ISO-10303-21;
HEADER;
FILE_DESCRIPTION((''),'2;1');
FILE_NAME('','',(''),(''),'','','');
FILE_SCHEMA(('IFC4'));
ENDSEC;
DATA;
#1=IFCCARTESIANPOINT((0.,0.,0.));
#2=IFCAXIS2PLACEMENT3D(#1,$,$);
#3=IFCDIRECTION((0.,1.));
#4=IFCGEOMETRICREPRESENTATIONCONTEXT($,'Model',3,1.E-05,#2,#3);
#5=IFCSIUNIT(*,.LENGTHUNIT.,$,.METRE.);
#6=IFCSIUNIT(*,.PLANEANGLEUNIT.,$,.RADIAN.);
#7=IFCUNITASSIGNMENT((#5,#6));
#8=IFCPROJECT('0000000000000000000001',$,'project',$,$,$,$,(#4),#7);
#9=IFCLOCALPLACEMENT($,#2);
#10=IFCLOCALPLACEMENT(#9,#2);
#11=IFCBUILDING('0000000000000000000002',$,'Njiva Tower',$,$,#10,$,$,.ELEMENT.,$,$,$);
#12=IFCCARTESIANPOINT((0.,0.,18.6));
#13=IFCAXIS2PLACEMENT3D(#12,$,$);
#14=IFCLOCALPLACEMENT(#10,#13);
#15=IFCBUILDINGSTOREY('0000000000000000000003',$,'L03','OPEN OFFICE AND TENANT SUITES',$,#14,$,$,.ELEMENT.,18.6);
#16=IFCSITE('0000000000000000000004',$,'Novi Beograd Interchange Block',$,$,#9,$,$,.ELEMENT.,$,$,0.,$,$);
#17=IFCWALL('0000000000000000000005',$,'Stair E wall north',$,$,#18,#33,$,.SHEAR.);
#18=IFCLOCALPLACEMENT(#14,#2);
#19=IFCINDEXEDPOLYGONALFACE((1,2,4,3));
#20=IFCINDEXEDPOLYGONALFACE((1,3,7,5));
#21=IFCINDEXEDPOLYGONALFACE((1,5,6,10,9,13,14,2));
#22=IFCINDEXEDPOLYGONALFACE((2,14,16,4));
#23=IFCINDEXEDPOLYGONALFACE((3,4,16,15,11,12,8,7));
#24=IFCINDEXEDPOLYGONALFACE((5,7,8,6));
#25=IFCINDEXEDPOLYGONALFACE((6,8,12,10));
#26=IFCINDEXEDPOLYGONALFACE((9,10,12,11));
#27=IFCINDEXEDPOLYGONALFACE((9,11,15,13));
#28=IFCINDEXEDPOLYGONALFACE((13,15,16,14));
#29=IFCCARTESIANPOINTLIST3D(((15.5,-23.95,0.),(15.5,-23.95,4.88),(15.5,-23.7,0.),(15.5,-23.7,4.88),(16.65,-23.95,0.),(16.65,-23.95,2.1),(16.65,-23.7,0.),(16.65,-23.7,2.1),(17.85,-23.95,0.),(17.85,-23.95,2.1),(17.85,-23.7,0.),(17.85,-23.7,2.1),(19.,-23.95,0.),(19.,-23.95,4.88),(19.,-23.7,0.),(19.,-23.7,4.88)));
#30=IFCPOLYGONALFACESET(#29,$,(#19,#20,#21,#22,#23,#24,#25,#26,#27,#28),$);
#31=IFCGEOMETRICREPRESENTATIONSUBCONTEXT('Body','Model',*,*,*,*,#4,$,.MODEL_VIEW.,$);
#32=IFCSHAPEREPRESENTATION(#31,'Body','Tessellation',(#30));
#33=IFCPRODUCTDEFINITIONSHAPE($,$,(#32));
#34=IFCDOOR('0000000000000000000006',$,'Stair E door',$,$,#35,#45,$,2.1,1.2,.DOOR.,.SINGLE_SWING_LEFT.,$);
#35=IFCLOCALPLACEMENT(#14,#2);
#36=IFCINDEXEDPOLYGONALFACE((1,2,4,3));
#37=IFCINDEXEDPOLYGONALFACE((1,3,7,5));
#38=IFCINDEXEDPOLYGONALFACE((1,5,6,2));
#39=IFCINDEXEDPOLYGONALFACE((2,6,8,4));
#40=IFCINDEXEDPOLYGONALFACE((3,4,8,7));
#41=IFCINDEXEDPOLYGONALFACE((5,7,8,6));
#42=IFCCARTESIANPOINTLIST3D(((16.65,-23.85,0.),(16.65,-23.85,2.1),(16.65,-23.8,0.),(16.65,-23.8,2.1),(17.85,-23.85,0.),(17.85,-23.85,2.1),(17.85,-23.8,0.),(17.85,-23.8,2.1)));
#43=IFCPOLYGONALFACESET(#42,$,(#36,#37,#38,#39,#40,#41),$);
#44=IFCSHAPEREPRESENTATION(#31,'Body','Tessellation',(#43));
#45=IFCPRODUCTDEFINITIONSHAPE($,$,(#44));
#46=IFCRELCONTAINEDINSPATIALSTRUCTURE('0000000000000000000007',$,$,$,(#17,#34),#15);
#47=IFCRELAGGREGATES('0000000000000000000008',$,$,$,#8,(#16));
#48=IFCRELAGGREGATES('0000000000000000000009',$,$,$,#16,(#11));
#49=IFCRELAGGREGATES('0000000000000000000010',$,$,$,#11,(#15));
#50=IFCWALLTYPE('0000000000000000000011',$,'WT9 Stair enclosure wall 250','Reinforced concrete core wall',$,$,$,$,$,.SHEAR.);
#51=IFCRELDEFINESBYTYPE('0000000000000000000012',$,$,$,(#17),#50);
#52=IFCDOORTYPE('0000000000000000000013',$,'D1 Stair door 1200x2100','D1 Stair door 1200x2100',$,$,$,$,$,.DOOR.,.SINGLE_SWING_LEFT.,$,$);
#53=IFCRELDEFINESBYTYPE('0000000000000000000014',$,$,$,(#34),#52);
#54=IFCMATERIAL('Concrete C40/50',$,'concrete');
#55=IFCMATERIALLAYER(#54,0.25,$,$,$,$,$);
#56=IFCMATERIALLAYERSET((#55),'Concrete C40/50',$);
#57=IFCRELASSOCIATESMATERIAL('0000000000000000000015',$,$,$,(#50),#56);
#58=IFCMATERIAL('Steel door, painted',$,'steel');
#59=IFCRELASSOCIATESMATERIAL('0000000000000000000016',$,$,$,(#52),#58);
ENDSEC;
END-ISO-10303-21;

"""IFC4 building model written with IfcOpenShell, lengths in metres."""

from ifc_helpers import new_model, si_unit, direction, frame, frame_2d, origin, place, context, subcontext, project, spatial, rectangle, extrude, material, layer, layer_set, type_object, element, fill, save


model = new_model("IFC4")

# Units and contexts
model_context = context("Model", 3, precision=1e-05, world=origin(), true_north=direction((0.0, 1.0)))
body_context = subcontext(model_context, "Body", "Model", "MODEL_VIEW")
ifc_project = project(units=[si_unit("LENGTHUNIT", "METRE"), si_unit("PLANEANGLEUNIT", "RADIAN")], contexts=[model_context])

# Site, building, storey
site_placement = place(None, origin())
site = spatial("IfcSite", under=ifc_project, at=site_placement, Name="Novi Beograd Interchange Block", CompositionType="ELEMENT", RefElevation=0.0)
building_placement = place(site_placement, origin())
building = spatial("IfcBuilding", under=site, at=building_placement, Name="Njiva Tower", CompositionType="ELEMENT")
storey_placement = place(building_placement, frame((0.0, 0.0, 18.6)))
storey = spatial("IfcBuildingStorey", under=building, at=storey_placement, Name="L03", Description="OPEN OFFICE AND TENANT SUITES", CompositionType="ELEMENT", Elevation=18.6)

# Shared definitions
ifc_material_1 = material(Name="Concrete C40/50", Category="concrete")
ifc_layer_1 = layer(ifc_material_1, 0.25)
ifc_layer_set_1 = layer_set([ifc_layer_1], Name="Concrete C40/50")
wall_type_1 = type_object("IfcWallType", Name="WT9 Stair enclosure wall 250", Description="Reinforced concrete core wall", PredefinedType="SHEAR", material=ifc_layer_set_1)

# Wall, opening, door
wall_1_placement = place(storey_placement, frame((15.5, -23.825, 0.0), z_axis=(0.0, 0.0, 1.0), x_axis=(1.0, 0.0, 0.0)))
wall_1 = element("IfcWall", 1, at=wall_1_placement, inside=storey, type_object=wall_type_1, Name="Stair E wall north", PredefinedType="SHEAR", context=body_context, shape_type="SweptSolid", body=[
    extrude(rectangle(XDim=3.5, YDim=0.25, at=frame_2d((1.75, 0.0))), origin(), (0.0, 0.0, 1.0), 4.88),
])
opening_1_placement = place(wall_1_placement, frame((1.15, 0.0, 0.0)))
opening_1 = element("IfcOpeningElement", 2, at=opening_1_placement, cuts=wall_1, PredefinedType="OPENING", context=body_context, shape_type="SweptSolid", body=[
    extrude(rectangle(XDim=1.2, YDim=2.1, at=frame_2d((0.6, 1.05))), frame((0.0, 0.135, 0.0), z_axis=(0.0, -1.0, 0.0), x_axis=(1.0, 0.0, 0.0)), (0.0, 0.0, 1.0), 0.27),
])
ifc_material_2 = material(Name="Steel door, painted", Category="steel")
door_type_1 = type_object("IfcDoorType", Name="D1 Stair door 1200x2100", Description="D1 Stair door 1200x2100", OperationType="SINGLE_SWING_LEFT", PredefinedType="DOOR", material=ifc_material_2)
door_1_placement = place(opening_1_placement, origin())
door_1 = element("IfcDoor", 3, at=door_1_placement, inside=storey, type_object=door_type_1, Name="Stair E door", OperationType="SINGLE_SWING_LEFT", OverallHeight=2.1, OverallWidth=1.2, PredefinedType="DOOR", context=body_context, shape_type="SweptSolid", body=[
    extrude(rectangle(XDim=1.2, YDim=2.1, at=frame_2d((0.6, 1.05))), frame((0.0, 0.025, 0.0), z_axis=(0.0, -1.0, 0.0), x_axis=(1.0, 0.0, 0.0)), (0.0, 0.0, 1.0), 0.05),
])
fill(opening_1, door_1)

save(model, "model.ifc")
